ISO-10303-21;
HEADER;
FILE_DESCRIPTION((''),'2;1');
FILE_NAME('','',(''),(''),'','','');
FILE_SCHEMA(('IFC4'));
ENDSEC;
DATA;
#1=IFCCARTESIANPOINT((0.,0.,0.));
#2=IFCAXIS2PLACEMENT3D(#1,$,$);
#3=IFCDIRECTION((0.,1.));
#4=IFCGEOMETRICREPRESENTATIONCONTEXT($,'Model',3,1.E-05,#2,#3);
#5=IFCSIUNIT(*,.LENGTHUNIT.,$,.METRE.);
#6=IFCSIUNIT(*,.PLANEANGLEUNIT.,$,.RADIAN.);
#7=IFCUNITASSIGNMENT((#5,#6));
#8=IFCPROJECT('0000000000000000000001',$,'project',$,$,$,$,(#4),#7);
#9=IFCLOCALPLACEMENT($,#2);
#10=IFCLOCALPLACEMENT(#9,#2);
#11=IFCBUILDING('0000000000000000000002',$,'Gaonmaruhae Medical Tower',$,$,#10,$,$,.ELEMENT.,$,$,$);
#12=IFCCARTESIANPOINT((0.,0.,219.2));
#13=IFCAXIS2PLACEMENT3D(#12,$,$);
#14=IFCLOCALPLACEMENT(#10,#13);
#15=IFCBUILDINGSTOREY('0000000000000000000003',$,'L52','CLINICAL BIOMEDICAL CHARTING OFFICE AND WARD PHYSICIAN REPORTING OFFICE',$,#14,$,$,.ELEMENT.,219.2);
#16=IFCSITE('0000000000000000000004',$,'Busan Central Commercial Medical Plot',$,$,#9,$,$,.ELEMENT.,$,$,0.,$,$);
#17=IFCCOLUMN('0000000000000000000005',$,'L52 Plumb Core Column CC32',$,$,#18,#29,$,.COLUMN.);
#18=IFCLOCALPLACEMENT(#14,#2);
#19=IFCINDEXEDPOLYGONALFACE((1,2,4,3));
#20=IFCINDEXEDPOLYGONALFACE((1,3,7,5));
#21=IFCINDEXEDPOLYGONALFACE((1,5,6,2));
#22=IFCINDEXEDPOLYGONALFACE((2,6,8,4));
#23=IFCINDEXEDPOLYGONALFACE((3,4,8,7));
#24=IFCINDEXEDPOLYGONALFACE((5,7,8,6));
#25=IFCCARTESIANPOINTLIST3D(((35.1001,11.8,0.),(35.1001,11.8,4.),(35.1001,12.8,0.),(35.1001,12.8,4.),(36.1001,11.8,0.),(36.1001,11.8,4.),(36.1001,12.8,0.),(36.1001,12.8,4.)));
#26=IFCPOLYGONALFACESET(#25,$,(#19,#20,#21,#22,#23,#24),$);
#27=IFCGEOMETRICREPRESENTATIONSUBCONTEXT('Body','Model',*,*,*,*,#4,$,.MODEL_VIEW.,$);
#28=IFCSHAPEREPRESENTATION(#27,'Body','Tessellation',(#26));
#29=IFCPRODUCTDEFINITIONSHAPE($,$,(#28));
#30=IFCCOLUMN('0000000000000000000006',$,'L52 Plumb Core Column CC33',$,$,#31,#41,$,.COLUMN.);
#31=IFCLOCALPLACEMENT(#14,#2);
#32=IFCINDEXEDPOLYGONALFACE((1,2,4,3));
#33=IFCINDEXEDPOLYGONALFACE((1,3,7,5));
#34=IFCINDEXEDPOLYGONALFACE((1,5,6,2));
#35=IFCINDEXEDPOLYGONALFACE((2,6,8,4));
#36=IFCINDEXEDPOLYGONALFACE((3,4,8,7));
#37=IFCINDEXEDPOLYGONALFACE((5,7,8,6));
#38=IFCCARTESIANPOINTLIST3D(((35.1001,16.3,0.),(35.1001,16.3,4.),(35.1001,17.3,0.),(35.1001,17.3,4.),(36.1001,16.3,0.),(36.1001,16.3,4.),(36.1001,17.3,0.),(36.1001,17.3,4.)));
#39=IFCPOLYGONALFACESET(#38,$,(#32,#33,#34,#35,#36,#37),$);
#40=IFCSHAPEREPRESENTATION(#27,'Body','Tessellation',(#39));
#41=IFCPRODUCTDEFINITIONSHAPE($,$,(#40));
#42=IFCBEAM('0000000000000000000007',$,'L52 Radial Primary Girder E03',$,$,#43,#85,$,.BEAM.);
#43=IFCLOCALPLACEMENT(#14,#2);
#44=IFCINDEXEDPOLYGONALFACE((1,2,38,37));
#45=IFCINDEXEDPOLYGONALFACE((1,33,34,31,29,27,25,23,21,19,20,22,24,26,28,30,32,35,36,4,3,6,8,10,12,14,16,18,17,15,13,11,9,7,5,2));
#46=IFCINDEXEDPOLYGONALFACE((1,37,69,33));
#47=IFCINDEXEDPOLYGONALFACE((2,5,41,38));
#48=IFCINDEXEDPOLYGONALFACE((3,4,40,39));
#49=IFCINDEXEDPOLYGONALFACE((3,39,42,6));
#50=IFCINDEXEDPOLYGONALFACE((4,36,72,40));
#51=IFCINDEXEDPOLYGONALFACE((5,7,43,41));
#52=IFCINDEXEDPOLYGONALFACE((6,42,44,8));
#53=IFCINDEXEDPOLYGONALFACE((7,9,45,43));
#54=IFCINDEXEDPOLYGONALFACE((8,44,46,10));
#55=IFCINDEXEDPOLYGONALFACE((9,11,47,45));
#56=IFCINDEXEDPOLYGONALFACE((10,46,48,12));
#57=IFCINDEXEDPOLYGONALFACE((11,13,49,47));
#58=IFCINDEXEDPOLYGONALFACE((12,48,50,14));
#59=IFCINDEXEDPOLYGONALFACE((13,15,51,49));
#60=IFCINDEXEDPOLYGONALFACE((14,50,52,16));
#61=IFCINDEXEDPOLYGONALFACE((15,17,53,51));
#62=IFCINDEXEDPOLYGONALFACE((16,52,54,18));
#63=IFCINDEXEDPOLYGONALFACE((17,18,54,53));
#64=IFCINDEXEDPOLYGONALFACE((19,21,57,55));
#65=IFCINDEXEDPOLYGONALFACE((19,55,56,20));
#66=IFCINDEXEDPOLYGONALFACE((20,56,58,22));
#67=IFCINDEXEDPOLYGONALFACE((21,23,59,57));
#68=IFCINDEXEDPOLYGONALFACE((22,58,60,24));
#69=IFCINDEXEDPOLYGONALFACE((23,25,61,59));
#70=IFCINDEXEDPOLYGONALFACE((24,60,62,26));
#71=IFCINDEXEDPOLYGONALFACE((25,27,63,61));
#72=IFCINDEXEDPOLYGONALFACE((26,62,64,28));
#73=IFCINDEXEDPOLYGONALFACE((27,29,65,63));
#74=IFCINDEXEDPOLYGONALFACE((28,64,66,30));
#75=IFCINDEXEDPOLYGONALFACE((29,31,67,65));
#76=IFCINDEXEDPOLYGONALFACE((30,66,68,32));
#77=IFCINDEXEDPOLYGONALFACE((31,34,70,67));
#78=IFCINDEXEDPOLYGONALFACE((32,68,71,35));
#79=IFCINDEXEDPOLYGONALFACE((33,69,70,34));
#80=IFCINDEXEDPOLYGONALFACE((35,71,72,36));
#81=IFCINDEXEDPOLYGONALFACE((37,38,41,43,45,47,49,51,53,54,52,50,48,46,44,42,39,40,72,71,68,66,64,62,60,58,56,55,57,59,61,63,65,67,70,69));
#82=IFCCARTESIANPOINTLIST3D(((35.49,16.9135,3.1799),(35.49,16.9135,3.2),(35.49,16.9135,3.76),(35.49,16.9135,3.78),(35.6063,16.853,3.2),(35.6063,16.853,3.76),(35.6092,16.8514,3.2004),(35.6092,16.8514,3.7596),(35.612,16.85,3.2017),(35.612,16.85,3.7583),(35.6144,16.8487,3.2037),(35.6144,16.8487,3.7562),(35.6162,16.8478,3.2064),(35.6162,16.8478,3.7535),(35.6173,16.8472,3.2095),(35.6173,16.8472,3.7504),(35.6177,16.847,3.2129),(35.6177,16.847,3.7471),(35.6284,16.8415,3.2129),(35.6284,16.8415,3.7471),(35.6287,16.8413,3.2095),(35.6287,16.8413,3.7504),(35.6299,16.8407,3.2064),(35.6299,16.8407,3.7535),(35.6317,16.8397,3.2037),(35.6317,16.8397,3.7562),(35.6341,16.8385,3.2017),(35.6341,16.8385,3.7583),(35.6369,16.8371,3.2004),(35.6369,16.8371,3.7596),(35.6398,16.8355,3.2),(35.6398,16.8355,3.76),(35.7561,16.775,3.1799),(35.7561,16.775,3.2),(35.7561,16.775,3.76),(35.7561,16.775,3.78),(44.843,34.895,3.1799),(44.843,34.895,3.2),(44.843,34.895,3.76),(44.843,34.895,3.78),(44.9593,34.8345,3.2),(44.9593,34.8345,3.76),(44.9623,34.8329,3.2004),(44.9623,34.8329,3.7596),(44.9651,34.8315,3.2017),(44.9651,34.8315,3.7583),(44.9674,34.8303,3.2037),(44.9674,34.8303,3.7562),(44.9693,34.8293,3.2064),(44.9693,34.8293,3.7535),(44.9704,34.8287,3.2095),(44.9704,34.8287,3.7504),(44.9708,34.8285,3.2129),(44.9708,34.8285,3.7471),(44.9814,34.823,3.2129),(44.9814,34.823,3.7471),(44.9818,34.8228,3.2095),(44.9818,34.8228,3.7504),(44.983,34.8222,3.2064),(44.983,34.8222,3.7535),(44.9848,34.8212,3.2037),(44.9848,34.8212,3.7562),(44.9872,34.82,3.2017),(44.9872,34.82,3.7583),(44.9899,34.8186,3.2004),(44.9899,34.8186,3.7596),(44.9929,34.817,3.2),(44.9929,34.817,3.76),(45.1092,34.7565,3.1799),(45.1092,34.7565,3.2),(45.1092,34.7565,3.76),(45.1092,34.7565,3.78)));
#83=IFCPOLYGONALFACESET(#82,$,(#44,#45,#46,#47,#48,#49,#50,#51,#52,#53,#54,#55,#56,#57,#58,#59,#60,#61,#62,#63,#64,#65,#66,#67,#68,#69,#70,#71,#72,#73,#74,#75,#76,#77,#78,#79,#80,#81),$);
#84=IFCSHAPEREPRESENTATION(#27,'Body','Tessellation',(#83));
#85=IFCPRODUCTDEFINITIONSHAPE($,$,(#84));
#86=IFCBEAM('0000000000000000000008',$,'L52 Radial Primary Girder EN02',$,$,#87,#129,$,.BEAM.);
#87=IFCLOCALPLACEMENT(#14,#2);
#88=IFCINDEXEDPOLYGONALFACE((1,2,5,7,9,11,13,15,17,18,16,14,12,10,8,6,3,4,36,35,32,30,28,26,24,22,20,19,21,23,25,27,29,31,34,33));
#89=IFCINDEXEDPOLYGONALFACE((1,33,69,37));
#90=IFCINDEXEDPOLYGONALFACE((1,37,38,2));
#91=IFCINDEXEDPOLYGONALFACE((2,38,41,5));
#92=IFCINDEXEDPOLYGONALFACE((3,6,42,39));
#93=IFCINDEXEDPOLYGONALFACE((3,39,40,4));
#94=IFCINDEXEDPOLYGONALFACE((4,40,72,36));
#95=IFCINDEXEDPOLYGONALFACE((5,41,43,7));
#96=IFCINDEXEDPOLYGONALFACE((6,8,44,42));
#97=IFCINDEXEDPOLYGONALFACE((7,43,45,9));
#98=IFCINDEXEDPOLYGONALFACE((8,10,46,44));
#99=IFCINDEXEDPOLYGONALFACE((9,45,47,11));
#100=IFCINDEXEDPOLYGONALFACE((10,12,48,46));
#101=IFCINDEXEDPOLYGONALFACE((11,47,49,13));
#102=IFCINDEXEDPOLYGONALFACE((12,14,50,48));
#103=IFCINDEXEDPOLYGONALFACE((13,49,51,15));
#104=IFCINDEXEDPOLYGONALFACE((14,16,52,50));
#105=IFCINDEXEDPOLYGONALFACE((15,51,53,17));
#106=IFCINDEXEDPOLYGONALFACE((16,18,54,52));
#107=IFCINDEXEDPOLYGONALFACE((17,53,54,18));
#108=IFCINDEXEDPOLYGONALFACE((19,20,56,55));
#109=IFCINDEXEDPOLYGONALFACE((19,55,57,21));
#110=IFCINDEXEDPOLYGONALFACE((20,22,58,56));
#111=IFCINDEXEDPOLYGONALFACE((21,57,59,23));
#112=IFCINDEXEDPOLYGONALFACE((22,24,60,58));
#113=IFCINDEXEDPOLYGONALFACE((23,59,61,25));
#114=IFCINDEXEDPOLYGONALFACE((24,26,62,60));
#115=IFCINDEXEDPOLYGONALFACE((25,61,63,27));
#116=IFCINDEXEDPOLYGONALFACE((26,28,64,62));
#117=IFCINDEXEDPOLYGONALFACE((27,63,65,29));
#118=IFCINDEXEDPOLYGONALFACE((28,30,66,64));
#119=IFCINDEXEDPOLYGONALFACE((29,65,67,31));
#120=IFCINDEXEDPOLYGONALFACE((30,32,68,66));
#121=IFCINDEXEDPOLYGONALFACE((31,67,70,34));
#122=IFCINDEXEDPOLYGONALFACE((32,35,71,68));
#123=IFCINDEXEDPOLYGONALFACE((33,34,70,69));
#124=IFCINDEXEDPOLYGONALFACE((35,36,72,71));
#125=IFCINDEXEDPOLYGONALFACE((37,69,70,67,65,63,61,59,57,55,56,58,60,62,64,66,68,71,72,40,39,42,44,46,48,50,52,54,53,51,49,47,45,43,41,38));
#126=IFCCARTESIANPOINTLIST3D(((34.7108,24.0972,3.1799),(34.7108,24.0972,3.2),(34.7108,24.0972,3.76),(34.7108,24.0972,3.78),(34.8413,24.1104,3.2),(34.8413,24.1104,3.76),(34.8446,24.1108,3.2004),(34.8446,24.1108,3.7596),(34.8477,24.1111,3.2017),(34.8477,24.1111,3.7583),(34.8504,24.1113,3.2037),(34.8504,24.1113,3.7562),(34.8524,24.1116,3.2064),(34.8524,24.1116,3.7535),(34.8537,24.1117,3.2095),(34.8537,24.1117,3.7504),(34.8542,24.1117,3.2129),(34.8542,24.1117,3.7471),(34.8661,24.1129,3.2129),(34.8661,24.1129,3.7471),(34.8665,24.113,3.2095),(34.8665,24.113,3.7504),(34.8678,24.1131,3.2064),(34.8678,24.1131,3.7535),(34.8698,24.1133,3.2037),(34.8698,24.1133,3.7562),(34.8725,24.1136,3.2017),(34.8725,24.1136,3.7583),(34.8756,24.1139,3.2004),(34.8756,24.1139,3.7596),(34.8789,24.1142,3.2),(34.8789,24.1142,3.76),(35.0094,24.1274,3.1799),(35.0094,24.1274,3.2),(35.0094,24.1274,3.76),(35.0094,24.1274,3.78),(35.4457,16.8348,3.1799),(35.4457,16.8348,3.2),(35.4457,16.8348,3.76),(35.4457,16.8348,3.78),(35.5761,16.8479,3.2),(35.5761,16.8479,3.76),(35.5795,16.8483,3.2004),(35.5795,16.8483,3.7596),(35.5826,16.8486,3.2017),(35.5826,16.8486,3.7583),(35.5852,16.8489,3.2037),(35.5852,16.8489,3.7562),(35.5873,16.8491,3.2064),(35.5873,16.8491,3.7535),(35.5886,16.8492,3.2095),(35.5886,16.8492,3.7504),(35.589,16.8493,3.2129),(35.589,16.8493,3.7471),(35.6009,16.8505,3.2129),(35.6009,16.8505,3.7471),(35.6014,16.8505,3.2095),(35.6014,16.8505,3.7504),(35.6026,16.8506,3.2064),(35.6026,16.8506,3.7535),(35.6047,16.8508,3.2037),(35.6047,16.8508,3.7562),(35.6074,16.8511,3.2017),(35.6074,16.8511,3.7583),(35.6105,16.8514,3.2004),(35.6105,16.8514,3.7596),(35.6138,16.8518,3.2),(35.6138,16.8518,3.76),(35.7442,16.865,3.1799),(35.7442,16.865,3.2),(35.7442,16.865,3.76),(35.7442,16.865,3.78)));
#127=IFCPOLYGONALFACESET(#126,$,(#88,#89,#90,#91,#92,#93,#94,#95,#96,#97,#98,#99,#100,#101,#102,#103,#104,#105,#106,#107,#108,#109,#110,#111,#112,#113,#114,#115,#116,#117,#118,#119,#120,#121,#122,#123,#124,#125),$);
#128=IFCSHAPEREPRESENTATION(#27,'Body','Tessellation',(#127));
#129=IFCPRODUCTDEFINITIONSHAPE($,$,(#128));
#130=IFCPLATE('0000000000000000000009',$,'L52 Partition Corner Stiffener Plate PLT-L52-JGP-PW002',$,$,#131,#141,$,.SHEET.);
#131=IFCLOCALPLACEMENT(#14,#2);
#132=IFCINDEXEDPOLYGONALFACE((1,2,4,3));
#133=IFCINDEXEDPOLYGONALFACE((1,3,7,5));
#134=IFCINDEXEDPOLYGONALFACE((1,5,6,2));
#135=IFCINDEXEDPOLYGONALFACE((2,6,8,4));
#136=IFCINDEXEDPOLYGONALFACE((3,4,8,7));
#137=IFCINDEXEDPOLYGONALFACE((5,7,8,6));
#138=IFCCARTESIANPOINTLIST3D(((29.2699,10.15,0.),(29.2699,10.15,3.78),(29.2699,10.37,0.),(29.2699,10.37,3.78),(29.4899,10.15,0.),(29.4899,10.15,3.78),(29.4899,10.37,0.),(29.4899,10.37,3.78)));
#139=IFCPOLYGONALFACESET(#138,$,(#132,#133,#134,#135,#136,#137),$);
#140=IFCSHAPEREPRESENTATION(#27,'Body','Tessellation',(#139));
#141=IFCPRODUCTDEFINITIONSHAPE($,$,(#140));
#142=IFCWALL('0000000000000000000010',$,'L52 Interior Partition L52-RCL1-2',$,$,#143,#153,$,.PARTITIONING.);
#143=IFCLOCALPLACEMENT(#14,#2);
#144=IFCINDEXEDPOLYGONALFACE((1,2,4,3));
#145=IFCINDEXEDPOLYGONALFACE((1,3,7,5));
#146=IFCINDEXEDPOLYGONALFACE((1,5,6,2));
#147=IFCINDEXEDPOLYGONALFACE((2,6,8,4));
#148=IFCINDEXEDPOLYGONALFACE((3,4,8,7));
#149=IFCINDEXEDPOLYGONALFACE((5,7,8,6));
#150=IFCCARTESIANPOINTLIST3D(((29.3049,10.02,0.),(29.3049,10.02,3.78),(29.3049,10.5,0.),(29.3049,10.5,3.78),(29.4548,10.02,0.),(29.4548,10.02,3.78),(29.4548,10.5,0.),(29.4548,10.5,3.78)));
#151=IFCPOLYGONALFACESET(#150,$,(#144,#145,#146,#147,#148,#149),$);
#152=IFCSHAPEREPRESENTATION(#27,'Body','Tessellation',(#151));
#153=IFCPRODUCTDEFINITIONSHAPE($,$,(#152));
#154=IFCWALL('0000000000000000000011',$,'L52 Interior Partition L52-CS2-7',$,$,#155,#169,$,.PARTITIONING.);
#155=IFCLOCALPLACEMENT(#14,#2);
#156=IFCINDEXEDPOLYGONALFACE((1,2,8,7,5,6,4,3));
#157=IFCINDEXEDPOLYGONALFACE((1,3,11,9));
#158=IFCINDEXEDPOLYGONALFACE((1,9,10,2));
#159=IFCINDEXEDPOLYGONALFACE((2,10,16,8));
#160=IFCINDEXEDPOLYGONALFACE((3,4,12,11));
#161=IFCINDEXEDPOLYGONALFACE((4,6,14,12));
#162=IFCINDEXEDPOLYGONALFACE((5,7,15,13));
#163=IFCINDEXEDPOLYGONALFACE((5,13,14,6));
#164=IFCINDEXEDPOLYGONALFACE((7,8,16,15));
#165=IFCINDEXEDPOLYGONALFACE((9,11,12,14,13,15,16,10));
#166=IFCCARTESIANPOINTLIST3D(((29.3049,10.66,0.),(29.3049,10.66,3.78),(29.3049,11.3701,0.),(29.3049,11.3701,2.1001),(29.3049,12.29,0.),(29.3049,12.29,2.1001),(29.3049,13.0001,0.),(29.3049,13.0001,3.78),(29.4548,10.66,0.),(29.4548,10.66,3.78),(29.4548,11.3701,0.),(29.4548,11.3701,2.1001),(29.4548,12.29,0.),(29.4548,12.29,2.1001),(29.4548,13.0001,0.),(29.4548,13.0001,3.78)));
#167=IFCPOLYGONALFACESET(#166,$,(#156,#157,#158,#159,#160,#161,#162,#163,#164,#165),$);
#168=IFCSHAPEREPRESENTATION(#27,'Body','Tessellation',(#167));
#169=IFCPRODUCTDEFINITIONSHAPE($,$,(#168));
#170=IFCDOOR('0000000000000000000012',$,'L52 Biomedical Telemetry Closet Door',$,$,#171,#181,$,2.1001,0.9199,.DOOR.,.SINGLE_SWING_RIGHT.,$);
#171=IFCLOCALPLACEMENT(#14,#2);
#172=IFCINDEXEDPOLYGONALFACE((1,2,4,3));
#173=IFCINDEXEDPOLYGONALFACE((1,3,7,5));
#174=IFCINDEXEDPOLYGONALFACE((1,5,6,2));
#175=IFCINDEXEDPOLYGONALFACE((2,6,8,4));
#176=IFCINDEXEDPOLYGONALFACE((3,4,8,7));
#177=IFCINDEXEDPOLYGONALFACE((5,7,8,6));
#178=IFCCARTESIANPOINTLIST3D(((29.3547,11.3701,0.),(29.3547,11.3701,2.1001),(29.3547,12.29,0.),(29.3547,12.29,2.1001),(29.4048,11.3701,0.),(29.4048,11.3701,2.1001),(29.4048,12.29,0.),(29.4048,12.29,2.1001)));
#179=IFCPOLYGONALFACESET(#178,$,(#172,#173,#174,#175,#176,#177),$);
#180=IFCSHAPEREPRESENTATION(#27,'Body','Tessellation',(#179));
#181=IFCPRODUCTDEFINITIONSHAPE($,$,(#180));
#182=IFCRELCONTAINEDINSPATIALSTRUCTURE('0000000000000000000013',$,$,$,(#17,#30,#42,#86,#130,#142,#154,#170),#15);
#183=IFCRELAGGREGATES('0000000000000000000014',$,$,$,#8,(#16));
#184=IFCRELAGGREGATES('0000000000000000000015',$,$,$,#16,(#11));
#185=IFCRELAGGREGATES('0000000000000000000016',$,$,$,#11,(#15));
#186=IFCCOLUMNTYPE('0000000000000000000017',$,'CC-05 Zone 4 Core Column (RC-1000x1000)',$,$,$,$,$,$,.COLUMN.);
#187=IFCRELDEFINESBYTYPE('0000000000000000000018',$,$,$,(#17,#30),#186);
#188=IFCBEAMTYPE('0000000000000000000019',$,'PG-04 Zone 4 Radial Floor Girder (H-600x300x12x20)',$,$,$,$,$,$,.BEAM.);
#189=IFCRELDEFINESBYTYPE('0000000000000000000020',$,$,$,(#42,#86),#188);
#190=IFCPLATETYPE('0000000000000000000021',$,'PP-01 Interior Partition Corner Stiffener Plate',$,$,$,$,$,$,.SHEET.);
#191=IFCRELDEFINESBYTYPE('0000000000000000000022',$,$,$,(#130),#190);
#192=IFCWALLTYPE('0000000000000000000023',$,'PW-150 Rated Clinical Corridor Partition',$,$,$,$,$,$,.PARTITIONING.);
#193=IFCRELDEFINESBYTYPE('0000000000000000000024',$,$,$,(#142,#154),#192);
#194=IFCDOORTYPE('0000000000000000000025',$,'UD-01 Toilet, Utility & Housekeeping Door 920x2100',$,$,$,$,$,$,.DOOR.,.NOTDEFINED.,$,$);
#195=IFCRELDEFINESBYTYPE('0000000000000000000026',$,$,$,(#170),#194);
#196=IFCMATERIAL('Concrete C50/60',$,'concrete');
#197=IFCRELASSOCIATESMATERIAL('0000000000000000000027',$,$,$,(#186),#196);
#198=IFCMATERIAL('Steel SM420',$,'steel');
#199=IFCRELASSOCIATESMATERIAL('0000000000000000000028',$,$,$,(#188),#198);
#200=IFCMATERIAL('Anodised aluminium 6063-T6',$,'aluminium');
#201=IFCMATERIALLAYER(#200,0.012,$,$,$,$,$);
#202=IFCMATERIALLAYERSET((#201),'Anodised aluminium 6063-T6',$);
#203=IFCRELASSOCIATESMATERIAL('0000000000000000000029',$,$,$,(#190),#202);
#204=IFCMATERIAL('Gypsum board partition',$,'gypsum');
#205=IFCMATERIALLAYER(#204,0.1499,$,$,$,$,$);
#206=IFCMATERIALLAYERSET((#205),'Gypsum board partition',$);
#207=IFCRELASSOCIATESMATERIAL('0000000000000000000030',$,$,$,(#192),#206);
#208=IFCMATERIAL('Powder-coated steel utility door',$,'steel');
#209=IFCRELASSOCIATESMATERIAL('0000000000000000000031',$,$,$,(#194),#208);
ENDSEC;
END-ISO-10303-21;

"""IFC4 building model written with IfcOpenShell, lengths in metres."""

from ifc_helpers import new_model, si_unit, direction, frame, frame_2d, origin, origin_2d, place, context, subcontext, project, spatial, rectangle, i_section, extrude, material, layer, layer_set, material_profile, profile_set, type_object, element, fill, save


model = new_model("IFC4")

# Units and contexts
model_context = context("Model", 3, precision=1e-05, world=origin(), true_north=direction((0.0, 1.0)))
body_context = subcontext(model_context, "Body", "Model", "MODEL_VIEW")
ifc_project = project(units=[si_unit("LENGTHUNIT", "METRE"), si_unit("PLANEANGLEUNIT", "RADIAN")], contexts=[model_context])

# Site, building, storey
site_placement = place(None, origin())
site = spatial("IfcSite", under=ifc_project, at=site_placement, Name="Busan Central Commercial Medical Plot", CompositionType="ELEMENT", RefElevation=0.0)
building_placement = place(site_placement, origin())
building = spatial("IfcBuilding", under=site, at=building_placement, Name="Gaonmaruhae Medical Tower", CompositionType="ELEMENT")
storey_placement = place(building_placement, frame((0.0, 0.0, 219.2)))
storey = spatial("IfcBuildingStorey", under=building, at=storey_placement, Name="L52", Description="CLINICAL BIOMEDICAL CHARTING OFFICE AND WARD PHYSICIAN REPORTING OFFICE", CompositionType="ELEMENT", Elevation=219.2)

# Columns
ifc_material_1 = material(Name="Concrete C50/60", Category="concrete")
ifc_material_profile_1 = material_profile(ifc_material_1, rectangle(XDim=1.0, YDim=1.0, at=origin_2d()), Name="RC-1000x1000")
ifc_profile_set_1 = profile_set([ifc_material_profile_1], Name="Concrete C50/60")
column_type = type_object("IfcColumnType", Name="CC-05 Zone 4 Core Column (RC-1000x1000)", PredefinedType="COLUMN", material=ifc_profile_set_1)
for number, where, z_axis, x_axis, name in (
    (1, (35.6001, 12.3, 0.0), (0.0, 0.0, 1.0), (1.0, 0.0, 0.0), "L52 Plumb Core Column CC32"),
    (2, (35.6001, 16.8, 0.0), (0.0, 0.0, 1.0), (1.0, 0.0, 0.0), "L52 Plumb Core Column CC33"),
):
    element("IfcColumn", number, at=place(storey_placement, frame(where, z_axis=z_axis, x_axis=x_axis)), inside=storey, type_object=column_type, Name=name, PredefinedType="COLUMN", context=body_context, shape_type="SweptSolid", body=[
        extrude(rectangle(XDim=1.0, YDim=1.0, at=origin_2d()), origin(), (0.0, 0.0, 1.0), 4.0),
    ])

# Beams
ifc_material_2 = material(Name="Steel SM420", Category="steel")
ifc_material_profile_2 = material_profile(ifc_material_2, i_section(OverallWidth=0.3, OverallDepth=0.6001, WebThickness=0.012, FlangeThickness=0.02, FilletRadius=0.0129, at=origin_2d()), Name="H-600x300x12x20")
ifc_profile_set_2 = profile_set([ifc_material_profile_2], Name="Steel SM420")
beam_type = type_object("IfcBeamType", Name="PG-04 Zone 4 Radial Floor Girder (H-600x300x12x20)", PredefinedType="BEAM", material=ifc_profile_set_2)
beam_1_placement = place(storey_placement, frame((35.623, 16.8442, 3.48), z_axis=(0.461457, 0.887163, 0.0), x_axis=(-0.887163, 0.461457, 0.0)))
element("IfcBeam", 3, at=beam_1_placement, inside=storey, type_object=beam_type, Name="L52 Radial Primary Girder E03", PredefinedType="BEAM", context=body_context, shape_type="SweptSolid", body=[
    extrude(i_section(OverallWidth=0.3, OverallDepth=0.6001, WebThickness=0.012, FlangeThickness=0.02, FilletRadius=0.0129, at=origin_2d()), origin(), (0.0, 0.0, 1.0), 20.2686),
])
beam_2_placement = place(storey_placement, frame((35.595, 16.8499, 3.48), z_axis=(-0.100673, 0.99492, 0.0), x_axis=(-0.99492, -0.100673, 0.0)))
element("IfcBeam", 4, at=beam_2_placement, inside=storey, type_object=beam_type, Name="L52 Radial Primary Girder EN02", PredefinedType="BEAM", context=body_context, shape_type="SweptSolid", body=[
    extrude(i_section(OverallWidth=0.3, OverallDepth=0.6001, WebThickness=0.012, FlangeThickness=0.02, FilletRadius=0.0129, at=origin_2d()), origin(), (0.0, 0.0, 1.0), 7.2996),
])

# Plate
ifc_material_3 = material(Name="Anodised aluminium 6063-T6", Category="aluminium")
ifc_layer_1 = layer(ifc_material_3, 0.012)
ifc_layer_set_1 = layer_set([ifc_layer_1], Name="Anodised aluminium 6063-T6")
plate_type = type_object("IfcPlateType", Name="PP-01 Interior Partition Corner Stiffener Plate", PredefinedType="SHEET", material=ifc_layer_set_1)
plate_placement = place(storey_placement, frame((29.3799, 10.26, 0.0), z_axis=(0.0, 0.0, 1.0), x_axis=(0.0, -1.0, 0.0)))
element("IfcPlate", 5, at=plate_placement, inside=storey, type_object=plate_type, Name="L52 Partition Corner Stiffener Plate PLT-L52-JGP-PW002", PredefinedType="SHEET", context=body_context, shape_type="SweptSolid", body=[
    extrude(rectangle(XDim=0.22, YDim=0.22, at=origin_2d()), origin(), (0.0, 0.0, 1.0), 3.78),
])

# Wall
ifc_material_4 = material(Name="Gypsum board partition", Category="gypsum")
ifc_layer_2 = layer(ifc_material_4, 0.1499)
ifc_layer_set_2 = layer_set([ifc_layer_2], Name="Gypsum board partition")
wall_type_1 = type_object("IfcWallType", Name="PW-150 Rated Clinical Corridor Partition", PredefinedType="PARTITIONING", material=ifc_layer_set_2)
wall_1_placement = place(storey_placement, frame((29.3799, 10.5, 0.0), z_axis=(0.0, 0.0, 1.0), x_axis=(0.0, -1.0, 0.0)))
element("IfcWall", 6, at=wall_1_placement, inside=storey, type_object=wall_type_1, Name="L52 Interior Partition L52-RCL1-2", PredefinedType="PARTITIONING", context=body_context, shape_type="SweptSolid", body=[
    extrude(rectangle(XDim=0.48, YDim=0.1499, at=frame_2d((0.24, 0.0))), origin(), (0.0, 0.0, 1.0), 3.78),
])

# Wall, opening, door
wall_2_placement = place(storey_placement, frame((29.3799, 13.0, 0.0), z_axis=(0.0, 0.0, 1.0), x_axis=(0.0, -1.0, 0.0)))
wall_2 = element("IfcWall", 7, at=wall_2_placement, inside=storey, type_object=wall_type_1, Name="L52 Interior Partition L52-CS2-7", PredefinedType="PARTITIONING", context=body_context, shape_type="SweptSolid", body=[
    extrude(rectangle(XDim=2.3401, YDim=0.1499, at=frame_2d((1.1699, 0.0))), origin(), (0.0, 0.0, 1.0), 3.78),
])
opening_1_placement = place(wall_2_placement, frame((0.71, 0.0, 0.0)))
opening_1 = element("IfcOpeningElement", 8, at=opening_1_placement, cuts=wall_2, PredefinedType="OPENING", context=body_context, shape_type="SweptSolid", body=[
    extrude(rectangle(XDim=0.9199, YDim=2.1001, at=frame_2d((0.46, 1.05))), frame((0.0, 0.085, 0.0), z_axis=(0.0, -1.0, 0.0), x_axis=(1.0, 0.0, 0.0)), (0.0, 0.0, 1.0), 0.1699),
])
ifc_material_5 = material(Name="Powder-coated steel utility door", Category="steel")
door_type_1 = type_object("IfcDoorType", Name="UD-01 Toilet, Utility & Housekeeping Door 920x2100", OperationType="NOTDEFINED", PredefinedType="DOOR", material=ifc_material_5)
door_1_placement = place(opening_1_placement, origin())
door_1 = element("IfcDoor", 9, at=door_1_placement, inside=storey, type_object=door_type_1, Name="L52 Biomedical Telemetry Closet Door", OperationType="SINGLE_SWING_RIGHT", OverallHeight=2.1001, OverallWidth=0.9199, PredefinedType="DOOR", context=body_context, shape_type="SweptSolid", body=[
    extrude(rectangle(XDim=0.9199, YDim=2.1001, at=frame_2d((0.46, 1.05))), frame((0.0, 0.0249, 0.0), z_axis=(0.0, -1.0, 0.0), x_axis=(1.0, 0.0, 0.0)), (0.0, 0.0, 1.0), 0.05),
])
fill(opening_1, door_1)

save(model, "model.ifc")
